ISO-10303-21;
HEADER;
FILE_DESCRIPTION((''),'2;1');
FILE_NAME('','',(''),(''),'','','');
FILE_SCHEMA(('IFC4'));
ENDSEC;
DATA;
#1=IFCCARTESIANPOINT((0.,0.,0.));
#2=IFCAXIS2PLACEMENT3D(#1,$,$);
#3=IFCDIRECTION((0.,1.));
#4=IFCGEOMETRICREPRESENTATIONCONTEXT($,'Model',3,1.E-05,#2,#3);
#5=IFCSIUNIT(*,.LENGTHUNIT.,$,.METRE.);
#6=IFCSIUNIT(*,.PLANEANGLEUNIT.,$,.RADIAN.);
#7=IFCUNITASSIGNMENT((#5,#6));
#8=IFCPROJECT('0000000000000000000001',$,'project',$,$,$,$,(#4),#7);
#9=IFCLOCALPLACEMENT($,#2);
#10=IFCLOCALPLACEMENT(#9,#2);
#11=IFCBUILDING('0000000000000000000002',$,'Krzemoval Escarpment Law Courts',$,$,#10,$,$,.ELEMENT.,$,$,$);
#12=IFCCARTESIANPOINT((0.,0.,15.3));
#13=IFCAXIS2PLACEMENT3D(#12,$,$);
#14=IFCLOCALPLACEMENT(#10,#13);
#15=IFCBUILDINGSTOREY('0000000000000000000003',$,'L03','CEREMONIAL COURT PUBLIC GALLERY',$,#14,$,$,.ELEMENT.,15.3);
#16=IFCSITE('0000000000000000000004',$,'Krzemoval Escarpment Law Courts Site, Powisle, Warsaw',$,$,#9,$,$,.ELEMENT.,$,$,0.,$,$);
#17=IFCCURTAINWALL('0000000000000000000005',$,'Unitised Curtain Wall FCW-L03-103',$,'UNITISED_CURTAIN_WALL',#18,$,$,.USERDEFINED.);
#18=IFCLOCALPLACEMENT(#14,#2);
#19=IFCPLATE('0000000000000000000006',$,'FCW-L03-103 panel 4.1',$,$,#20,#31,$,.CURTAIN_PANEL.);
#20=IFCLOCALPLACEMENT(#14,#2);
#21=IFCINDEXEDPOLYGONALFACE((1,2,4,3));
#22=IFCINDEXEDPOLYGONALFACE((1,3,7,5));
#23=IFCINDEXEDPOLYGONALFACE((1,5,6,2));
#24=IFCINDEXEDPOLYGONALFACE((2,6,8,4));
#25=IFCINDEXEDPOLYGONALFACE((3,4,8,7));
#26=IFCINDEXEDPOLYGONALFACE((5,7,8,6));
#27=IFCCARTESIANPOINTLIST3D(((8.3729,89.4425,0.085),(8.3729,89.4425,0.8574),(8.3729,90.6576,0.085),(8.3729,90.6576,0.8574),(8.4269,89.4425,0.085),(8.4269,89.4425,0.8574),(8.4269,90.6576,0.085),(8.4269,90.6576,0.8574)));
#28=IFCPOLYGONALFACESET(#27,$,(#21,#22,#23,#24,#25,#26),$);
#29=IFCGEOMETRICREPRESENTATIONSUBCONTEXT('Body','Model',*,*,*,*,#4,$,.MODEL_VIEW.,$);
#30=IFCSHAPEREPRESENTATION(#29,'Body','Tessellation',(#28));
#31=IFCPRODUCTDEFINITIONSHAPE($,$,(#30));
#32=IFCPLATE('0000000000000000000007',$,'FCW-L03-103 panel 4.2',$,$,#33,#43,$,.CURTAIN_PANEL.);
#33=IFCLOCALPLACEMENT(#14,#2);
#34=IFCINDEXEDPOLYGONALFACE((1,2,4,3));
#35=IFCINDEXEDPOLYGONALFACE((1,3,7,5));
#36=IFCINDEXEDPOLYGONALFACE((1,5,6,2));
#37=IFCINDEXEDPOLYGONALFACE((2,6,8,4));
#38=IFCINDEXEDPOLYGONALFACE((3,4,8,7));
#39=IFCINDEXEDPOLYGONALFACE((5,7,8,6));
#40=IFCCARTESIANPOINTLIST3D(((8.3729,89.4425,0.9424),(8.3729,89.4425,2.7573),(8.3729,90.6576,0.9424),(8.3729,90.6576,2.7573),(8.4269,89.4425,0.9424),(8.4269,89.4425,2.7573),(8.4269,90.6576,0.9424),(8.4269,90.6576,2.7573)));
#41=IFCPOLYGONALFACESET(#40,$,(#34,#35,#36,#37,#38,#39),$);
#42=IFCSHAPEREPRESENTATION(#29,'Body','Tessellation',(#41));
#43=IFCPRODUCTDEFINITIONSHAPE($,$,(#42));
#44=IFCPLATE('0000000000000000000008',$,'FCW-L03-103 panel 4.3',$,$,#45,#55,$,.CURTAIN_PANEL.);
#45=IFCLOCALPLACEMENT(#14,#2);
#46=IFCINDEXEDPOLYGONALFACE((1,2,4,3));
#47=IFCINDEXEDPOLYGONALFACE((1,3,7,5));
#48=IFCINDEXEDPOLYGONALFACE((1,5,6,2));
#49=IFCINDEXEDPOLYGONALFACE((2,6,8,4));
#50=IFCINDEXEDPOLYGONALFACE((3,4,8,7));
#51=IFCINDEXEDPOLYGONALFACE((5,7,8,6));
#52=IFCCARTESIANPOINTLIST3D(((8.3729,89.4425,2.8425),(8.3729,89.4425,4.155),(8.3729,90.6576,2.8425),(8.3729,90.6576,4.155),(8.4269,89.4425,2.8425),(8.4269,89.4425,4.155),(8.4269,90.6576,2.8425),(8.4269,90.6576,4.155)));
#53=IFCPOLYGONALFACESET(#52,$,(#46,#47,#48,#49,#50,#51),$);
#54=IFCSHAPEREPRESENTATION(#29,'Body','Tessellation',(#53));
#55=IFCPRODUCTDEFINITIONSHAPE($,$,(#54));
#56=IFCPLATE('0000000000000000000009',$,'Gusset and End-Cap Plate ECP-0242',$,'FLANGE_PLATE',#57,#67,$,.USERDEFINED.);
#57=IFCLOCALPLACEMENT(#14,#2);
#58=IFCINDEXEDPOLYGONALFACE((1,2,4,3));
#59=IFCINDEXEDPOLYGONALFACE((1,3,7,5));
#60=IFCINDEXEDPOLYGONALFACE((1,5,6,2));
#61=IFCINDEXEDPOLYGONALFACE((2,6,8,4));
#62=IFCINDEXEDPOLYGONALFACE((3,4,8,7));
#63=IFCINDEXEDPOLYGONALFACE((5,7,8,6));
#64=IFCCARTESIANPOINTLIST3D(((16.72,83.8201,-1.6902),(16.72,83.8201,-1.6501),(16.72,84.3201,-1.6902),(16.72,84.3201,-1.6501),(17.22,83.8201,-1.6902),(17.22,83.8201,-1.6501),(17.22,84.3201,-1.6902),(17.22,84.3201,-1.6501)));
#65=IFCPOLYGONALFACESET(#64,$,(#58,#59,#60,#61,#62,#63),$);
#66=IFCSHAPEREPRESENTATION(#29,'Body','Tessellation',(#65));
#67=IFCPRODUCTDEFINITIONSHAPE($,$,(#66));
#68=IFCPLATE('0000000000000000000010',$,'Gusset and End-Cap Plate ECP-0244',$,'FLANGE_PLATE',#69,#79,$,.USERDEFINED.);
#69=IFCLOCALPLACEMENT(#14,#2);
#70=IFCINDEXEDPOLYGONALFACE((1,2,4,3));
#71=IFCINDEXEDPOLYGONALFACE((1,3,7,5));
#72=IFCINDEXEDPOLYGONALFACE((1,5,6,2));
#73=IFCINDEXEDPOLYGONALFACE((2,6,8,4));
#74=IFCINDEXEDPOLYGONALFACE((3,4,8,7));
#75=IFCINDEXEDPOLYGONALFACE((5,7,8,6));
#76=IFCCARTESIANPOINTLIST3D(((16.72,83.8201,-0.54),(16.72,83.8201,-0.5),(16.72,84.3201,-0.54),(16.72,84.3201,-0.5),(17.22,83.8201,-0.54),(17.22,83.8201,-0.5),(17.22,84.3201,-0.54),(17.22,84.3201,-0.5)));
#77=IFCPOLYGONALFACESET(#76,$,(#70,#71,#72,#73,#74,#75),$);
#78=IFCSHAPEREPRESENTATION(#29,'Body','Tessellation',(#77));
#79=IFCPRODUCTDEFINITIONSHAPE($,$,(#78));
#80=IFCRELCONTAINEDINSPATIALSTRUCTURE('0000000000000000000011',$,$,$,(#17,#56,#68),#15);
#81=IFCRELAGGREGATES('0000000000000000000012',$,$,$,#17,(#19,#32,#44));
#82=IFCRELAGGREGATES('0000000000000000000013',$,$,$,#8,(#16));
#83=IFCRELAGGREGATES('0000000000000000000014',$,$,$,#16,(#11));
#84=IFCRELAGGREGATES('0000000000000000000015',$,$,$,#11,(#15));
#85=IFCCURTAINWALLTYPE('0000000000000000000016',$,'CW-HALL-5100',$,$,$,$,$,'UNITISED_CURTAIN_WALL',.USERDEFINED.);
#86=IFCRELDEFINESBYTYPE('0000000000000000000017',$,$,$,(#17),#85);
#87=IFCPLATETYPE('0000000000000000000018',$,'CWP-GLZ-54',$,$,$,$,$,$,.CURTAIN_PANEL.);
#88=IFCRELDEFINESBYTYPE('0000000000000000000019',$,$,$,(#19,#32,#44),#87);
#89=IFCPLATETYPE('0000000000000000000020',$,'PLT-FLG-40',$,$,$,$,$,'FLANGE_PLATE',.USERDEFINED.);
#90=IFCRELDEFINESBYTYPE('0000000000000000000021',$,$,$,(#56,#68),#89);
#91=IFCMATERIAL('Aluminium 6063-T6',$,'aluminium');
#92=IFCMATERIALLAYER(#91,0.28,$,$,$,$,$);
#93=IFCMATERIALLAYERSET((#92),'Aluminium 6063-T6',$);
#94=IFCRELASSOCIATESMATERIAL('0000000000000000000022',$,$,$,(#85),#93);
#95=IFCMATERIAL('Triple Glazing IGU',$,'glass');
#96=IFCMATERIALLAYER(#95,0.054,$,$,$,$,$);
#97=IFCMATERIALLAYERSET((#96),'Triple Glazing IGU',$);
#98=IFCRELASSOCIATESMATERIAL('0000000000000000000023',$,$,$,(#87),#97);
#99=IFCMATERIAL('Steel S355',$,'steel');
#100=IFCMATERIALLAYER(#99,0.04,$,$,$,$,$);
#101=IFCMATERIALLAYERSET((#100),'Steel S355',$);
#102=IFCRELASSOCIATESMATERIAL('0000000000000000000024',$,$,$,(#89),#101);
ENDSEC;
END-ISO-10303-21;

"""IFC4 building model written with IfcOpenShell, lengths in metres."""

from ifc_helpers import new_model, si_unit, direction, frame, origin, origin_2d, place, context, subcontext, project, spatial, rectangle, extrude, material, layer, layer_set, type_object, element, aggregate, save


model = new_model("IFC4")

# Units and contexts
model_context = context("Model", 3, precision=1e-05, world=origin(), true_north=direction((0.0, 1.0)))
body_context = subcontext(model_context, "Body", "Model", "MODEL_VIEW")
ifc_project = project(units=[si_unit("LENGTHUNIT", "METRE"), si_unit("PLANEANGLEUNIT", "RADIAN")], contexts=[model_context])

# Site, building, storey
site_placement = place(None, origin())
site = spatial("IfcSite", under=ifc_project, at=site_placement, Name="Krzemoval Escarpment Law Courts Site, Powisle, Warsaw", CompositionType="ELEMENT", RefElevation=0.0)
building_placement = place(site_placement, origin())
building = spatial("IfcBuilding", under=site, at=building_placement, Name="Krzemoval Escarpment Law Courts", CompositionType="ELEMENT")
storey_placement = place(building_placement, frame((0.0, 0.0, 15.3)))
storey = spatial("IfcBuildingStorey", under=building, at=storey_placement, Name="L03", Description="CEREMONIAL COURT PUBLIC GALLERY", CompositionType="ELEMENT", Elevation=15.3)

# Curtain wall
ifc_material_1 = material(Name="Aluminium 6063-T6", Category="aluminium")
ifc_layer_1 = layer(ifc_material_1, 0.28)
ifc_layer_set_1 = layer_set([ifc_layer_1], Name="Aluminium 6063-T6")
curtain_wall_type = type_object("IfcCurtainWallType", Name="CW-HALL-5100", ElementType="UNITISED_CURTAIN_WALL", PredefinedType="USERDEFINED", material=ifc_layer_set_1)
curtain_wall_placement = place(storey_placement, origin())
curtain_wall = element("IfcCurtainWall", 1, at=curtain_wall_placement, inside=storey, type_object=curtain_wall_type, Name="Unitised Curtain Wall FCW-L03-103", ObjectType="UNITISED_CURTAIN_WALL", PredefinedType="USERDEFINED")

# Plates
ifc_material_2 = material(Name="Triple Glazing IGU", Category="glass")
ifc_layer_2 = layer(ifc_material_2, 0.054)
ifc_layer_set_2 = layer_set([ifc_layer_2], Name="Triple Glazing IGU")
plate_type_1 = type_object("IfcPlateType", Name="CWP-GLZ-54", PredefinedType="CURTAIN_PANEL", material=ifc_layer_set_2)
plate_1_placement = place(storey_placement, frame((8.3999, 90.05, 0.085), z_axis=(0.0, 0.0, 1.0), x_axis=(0.0, 1.0, 0.0)))
plate_1 = element("IfcPlate", 2, at=plate_1_placement, type_object=plate_type_1, Name="FCW-L03-103 panel 4.1", PredefinedType="CURTAIN_PANEL", context=body_context, shape_type="SweptSolid", body=[
    extrude(rectangle(XDim=1.2151, YDim=0.054, at=origin_2d()), origin(), (0.0, 0.0, 1.0), 0.7725),
])
plate_2_placement = place(storey_placement, frame((8.3999, 90.05, 0.9424), z_axis=(0.0, 0.0, 1.0), x_axis=(0.0, 1.0, 0.0)))
plate_2 = element("IfcPlate", 3, at=plate_2_placement, type_object=plate_type_1, Name="FCW-L03-103 panel 4.2", PredefinedType="CURTAIN_PANEL", context=body_context, shape_type="SweptSolid", body=[
    extrude(rectangle(XDim=1.2151, YDim=0.054, at=origin_2d()), origin(), (0.0, 0.0, 1.0), 1.8149),
])
plate_3_placement = place(storey_placement, frame((8.3999, 90.05, 2.8425), z_axis=(0.0, 0.0, 1.0), x_axis=(0.0, 1.0, 0.0)))
plate_3 = element("IfcPlate", 4, at=plate_3_placement, type_object=plate_type_1, Name="FCW-L03-103 panel 4.3", PredefinedType="CURTAIN_PANEL", context=body_context, shape_type="SweptSolid", body=[
    extrude(rectangle(XDim=1.2151, YDim=0.054, at=origin_2d()), origin(), (0.0, 0.0, 1.0), 1.3125),
])
aggregate(curtain_wall, [plate_1, plate_2, plate_3])

# Plates
ifc_material_3 = material(Name="Steel S355", Category="steel")
ifc_layer_3 = layer(ifc_material_3, 0.04)
ifc_layer_set_3 = layer_set([ifc_layer_3], Name="Steel S355")
plate_type_2 = type_object("IfcPlateType", Name="PLT-FLG-40", ElementType="FLANGE_PLATE", PredefinedType="USERDEFINED", material=ifc_layer_set_3)
for number, where, z_axis, x_axis, name in (
    (5, (16.97, 84.0701, -1.6902), (0.0, 0.0, 1.0), (1.0, 0.0, 0.0), "Gusset and End-Cap Plate ECP-0242"),
    (6, (16.97, 84.0701, -0.54), (0.0, 0.0, 1.0), (1.0, 0.0, 0.0), "Gusset and End-Cap Plate ECP-0244"),
):
    element("IfcPlate", number, at=place(storey_placement, frame(where, z_axis=z_axis, x_axis=x_axis)), inside=storey, type_object=plate_type_2, Name=name, ObjectType="FLANGE_PLATE", PredefinedType="USERDEFINED", context=body_context, shape_type="SweptSolid", body=[
        extrude(rectangle(XDim=0.5, YDim=0.5, at=origin_2d()), origin(), (0.0, 0.0, 1.0), 0.04),
    ])

save(model, "model.ifc")
